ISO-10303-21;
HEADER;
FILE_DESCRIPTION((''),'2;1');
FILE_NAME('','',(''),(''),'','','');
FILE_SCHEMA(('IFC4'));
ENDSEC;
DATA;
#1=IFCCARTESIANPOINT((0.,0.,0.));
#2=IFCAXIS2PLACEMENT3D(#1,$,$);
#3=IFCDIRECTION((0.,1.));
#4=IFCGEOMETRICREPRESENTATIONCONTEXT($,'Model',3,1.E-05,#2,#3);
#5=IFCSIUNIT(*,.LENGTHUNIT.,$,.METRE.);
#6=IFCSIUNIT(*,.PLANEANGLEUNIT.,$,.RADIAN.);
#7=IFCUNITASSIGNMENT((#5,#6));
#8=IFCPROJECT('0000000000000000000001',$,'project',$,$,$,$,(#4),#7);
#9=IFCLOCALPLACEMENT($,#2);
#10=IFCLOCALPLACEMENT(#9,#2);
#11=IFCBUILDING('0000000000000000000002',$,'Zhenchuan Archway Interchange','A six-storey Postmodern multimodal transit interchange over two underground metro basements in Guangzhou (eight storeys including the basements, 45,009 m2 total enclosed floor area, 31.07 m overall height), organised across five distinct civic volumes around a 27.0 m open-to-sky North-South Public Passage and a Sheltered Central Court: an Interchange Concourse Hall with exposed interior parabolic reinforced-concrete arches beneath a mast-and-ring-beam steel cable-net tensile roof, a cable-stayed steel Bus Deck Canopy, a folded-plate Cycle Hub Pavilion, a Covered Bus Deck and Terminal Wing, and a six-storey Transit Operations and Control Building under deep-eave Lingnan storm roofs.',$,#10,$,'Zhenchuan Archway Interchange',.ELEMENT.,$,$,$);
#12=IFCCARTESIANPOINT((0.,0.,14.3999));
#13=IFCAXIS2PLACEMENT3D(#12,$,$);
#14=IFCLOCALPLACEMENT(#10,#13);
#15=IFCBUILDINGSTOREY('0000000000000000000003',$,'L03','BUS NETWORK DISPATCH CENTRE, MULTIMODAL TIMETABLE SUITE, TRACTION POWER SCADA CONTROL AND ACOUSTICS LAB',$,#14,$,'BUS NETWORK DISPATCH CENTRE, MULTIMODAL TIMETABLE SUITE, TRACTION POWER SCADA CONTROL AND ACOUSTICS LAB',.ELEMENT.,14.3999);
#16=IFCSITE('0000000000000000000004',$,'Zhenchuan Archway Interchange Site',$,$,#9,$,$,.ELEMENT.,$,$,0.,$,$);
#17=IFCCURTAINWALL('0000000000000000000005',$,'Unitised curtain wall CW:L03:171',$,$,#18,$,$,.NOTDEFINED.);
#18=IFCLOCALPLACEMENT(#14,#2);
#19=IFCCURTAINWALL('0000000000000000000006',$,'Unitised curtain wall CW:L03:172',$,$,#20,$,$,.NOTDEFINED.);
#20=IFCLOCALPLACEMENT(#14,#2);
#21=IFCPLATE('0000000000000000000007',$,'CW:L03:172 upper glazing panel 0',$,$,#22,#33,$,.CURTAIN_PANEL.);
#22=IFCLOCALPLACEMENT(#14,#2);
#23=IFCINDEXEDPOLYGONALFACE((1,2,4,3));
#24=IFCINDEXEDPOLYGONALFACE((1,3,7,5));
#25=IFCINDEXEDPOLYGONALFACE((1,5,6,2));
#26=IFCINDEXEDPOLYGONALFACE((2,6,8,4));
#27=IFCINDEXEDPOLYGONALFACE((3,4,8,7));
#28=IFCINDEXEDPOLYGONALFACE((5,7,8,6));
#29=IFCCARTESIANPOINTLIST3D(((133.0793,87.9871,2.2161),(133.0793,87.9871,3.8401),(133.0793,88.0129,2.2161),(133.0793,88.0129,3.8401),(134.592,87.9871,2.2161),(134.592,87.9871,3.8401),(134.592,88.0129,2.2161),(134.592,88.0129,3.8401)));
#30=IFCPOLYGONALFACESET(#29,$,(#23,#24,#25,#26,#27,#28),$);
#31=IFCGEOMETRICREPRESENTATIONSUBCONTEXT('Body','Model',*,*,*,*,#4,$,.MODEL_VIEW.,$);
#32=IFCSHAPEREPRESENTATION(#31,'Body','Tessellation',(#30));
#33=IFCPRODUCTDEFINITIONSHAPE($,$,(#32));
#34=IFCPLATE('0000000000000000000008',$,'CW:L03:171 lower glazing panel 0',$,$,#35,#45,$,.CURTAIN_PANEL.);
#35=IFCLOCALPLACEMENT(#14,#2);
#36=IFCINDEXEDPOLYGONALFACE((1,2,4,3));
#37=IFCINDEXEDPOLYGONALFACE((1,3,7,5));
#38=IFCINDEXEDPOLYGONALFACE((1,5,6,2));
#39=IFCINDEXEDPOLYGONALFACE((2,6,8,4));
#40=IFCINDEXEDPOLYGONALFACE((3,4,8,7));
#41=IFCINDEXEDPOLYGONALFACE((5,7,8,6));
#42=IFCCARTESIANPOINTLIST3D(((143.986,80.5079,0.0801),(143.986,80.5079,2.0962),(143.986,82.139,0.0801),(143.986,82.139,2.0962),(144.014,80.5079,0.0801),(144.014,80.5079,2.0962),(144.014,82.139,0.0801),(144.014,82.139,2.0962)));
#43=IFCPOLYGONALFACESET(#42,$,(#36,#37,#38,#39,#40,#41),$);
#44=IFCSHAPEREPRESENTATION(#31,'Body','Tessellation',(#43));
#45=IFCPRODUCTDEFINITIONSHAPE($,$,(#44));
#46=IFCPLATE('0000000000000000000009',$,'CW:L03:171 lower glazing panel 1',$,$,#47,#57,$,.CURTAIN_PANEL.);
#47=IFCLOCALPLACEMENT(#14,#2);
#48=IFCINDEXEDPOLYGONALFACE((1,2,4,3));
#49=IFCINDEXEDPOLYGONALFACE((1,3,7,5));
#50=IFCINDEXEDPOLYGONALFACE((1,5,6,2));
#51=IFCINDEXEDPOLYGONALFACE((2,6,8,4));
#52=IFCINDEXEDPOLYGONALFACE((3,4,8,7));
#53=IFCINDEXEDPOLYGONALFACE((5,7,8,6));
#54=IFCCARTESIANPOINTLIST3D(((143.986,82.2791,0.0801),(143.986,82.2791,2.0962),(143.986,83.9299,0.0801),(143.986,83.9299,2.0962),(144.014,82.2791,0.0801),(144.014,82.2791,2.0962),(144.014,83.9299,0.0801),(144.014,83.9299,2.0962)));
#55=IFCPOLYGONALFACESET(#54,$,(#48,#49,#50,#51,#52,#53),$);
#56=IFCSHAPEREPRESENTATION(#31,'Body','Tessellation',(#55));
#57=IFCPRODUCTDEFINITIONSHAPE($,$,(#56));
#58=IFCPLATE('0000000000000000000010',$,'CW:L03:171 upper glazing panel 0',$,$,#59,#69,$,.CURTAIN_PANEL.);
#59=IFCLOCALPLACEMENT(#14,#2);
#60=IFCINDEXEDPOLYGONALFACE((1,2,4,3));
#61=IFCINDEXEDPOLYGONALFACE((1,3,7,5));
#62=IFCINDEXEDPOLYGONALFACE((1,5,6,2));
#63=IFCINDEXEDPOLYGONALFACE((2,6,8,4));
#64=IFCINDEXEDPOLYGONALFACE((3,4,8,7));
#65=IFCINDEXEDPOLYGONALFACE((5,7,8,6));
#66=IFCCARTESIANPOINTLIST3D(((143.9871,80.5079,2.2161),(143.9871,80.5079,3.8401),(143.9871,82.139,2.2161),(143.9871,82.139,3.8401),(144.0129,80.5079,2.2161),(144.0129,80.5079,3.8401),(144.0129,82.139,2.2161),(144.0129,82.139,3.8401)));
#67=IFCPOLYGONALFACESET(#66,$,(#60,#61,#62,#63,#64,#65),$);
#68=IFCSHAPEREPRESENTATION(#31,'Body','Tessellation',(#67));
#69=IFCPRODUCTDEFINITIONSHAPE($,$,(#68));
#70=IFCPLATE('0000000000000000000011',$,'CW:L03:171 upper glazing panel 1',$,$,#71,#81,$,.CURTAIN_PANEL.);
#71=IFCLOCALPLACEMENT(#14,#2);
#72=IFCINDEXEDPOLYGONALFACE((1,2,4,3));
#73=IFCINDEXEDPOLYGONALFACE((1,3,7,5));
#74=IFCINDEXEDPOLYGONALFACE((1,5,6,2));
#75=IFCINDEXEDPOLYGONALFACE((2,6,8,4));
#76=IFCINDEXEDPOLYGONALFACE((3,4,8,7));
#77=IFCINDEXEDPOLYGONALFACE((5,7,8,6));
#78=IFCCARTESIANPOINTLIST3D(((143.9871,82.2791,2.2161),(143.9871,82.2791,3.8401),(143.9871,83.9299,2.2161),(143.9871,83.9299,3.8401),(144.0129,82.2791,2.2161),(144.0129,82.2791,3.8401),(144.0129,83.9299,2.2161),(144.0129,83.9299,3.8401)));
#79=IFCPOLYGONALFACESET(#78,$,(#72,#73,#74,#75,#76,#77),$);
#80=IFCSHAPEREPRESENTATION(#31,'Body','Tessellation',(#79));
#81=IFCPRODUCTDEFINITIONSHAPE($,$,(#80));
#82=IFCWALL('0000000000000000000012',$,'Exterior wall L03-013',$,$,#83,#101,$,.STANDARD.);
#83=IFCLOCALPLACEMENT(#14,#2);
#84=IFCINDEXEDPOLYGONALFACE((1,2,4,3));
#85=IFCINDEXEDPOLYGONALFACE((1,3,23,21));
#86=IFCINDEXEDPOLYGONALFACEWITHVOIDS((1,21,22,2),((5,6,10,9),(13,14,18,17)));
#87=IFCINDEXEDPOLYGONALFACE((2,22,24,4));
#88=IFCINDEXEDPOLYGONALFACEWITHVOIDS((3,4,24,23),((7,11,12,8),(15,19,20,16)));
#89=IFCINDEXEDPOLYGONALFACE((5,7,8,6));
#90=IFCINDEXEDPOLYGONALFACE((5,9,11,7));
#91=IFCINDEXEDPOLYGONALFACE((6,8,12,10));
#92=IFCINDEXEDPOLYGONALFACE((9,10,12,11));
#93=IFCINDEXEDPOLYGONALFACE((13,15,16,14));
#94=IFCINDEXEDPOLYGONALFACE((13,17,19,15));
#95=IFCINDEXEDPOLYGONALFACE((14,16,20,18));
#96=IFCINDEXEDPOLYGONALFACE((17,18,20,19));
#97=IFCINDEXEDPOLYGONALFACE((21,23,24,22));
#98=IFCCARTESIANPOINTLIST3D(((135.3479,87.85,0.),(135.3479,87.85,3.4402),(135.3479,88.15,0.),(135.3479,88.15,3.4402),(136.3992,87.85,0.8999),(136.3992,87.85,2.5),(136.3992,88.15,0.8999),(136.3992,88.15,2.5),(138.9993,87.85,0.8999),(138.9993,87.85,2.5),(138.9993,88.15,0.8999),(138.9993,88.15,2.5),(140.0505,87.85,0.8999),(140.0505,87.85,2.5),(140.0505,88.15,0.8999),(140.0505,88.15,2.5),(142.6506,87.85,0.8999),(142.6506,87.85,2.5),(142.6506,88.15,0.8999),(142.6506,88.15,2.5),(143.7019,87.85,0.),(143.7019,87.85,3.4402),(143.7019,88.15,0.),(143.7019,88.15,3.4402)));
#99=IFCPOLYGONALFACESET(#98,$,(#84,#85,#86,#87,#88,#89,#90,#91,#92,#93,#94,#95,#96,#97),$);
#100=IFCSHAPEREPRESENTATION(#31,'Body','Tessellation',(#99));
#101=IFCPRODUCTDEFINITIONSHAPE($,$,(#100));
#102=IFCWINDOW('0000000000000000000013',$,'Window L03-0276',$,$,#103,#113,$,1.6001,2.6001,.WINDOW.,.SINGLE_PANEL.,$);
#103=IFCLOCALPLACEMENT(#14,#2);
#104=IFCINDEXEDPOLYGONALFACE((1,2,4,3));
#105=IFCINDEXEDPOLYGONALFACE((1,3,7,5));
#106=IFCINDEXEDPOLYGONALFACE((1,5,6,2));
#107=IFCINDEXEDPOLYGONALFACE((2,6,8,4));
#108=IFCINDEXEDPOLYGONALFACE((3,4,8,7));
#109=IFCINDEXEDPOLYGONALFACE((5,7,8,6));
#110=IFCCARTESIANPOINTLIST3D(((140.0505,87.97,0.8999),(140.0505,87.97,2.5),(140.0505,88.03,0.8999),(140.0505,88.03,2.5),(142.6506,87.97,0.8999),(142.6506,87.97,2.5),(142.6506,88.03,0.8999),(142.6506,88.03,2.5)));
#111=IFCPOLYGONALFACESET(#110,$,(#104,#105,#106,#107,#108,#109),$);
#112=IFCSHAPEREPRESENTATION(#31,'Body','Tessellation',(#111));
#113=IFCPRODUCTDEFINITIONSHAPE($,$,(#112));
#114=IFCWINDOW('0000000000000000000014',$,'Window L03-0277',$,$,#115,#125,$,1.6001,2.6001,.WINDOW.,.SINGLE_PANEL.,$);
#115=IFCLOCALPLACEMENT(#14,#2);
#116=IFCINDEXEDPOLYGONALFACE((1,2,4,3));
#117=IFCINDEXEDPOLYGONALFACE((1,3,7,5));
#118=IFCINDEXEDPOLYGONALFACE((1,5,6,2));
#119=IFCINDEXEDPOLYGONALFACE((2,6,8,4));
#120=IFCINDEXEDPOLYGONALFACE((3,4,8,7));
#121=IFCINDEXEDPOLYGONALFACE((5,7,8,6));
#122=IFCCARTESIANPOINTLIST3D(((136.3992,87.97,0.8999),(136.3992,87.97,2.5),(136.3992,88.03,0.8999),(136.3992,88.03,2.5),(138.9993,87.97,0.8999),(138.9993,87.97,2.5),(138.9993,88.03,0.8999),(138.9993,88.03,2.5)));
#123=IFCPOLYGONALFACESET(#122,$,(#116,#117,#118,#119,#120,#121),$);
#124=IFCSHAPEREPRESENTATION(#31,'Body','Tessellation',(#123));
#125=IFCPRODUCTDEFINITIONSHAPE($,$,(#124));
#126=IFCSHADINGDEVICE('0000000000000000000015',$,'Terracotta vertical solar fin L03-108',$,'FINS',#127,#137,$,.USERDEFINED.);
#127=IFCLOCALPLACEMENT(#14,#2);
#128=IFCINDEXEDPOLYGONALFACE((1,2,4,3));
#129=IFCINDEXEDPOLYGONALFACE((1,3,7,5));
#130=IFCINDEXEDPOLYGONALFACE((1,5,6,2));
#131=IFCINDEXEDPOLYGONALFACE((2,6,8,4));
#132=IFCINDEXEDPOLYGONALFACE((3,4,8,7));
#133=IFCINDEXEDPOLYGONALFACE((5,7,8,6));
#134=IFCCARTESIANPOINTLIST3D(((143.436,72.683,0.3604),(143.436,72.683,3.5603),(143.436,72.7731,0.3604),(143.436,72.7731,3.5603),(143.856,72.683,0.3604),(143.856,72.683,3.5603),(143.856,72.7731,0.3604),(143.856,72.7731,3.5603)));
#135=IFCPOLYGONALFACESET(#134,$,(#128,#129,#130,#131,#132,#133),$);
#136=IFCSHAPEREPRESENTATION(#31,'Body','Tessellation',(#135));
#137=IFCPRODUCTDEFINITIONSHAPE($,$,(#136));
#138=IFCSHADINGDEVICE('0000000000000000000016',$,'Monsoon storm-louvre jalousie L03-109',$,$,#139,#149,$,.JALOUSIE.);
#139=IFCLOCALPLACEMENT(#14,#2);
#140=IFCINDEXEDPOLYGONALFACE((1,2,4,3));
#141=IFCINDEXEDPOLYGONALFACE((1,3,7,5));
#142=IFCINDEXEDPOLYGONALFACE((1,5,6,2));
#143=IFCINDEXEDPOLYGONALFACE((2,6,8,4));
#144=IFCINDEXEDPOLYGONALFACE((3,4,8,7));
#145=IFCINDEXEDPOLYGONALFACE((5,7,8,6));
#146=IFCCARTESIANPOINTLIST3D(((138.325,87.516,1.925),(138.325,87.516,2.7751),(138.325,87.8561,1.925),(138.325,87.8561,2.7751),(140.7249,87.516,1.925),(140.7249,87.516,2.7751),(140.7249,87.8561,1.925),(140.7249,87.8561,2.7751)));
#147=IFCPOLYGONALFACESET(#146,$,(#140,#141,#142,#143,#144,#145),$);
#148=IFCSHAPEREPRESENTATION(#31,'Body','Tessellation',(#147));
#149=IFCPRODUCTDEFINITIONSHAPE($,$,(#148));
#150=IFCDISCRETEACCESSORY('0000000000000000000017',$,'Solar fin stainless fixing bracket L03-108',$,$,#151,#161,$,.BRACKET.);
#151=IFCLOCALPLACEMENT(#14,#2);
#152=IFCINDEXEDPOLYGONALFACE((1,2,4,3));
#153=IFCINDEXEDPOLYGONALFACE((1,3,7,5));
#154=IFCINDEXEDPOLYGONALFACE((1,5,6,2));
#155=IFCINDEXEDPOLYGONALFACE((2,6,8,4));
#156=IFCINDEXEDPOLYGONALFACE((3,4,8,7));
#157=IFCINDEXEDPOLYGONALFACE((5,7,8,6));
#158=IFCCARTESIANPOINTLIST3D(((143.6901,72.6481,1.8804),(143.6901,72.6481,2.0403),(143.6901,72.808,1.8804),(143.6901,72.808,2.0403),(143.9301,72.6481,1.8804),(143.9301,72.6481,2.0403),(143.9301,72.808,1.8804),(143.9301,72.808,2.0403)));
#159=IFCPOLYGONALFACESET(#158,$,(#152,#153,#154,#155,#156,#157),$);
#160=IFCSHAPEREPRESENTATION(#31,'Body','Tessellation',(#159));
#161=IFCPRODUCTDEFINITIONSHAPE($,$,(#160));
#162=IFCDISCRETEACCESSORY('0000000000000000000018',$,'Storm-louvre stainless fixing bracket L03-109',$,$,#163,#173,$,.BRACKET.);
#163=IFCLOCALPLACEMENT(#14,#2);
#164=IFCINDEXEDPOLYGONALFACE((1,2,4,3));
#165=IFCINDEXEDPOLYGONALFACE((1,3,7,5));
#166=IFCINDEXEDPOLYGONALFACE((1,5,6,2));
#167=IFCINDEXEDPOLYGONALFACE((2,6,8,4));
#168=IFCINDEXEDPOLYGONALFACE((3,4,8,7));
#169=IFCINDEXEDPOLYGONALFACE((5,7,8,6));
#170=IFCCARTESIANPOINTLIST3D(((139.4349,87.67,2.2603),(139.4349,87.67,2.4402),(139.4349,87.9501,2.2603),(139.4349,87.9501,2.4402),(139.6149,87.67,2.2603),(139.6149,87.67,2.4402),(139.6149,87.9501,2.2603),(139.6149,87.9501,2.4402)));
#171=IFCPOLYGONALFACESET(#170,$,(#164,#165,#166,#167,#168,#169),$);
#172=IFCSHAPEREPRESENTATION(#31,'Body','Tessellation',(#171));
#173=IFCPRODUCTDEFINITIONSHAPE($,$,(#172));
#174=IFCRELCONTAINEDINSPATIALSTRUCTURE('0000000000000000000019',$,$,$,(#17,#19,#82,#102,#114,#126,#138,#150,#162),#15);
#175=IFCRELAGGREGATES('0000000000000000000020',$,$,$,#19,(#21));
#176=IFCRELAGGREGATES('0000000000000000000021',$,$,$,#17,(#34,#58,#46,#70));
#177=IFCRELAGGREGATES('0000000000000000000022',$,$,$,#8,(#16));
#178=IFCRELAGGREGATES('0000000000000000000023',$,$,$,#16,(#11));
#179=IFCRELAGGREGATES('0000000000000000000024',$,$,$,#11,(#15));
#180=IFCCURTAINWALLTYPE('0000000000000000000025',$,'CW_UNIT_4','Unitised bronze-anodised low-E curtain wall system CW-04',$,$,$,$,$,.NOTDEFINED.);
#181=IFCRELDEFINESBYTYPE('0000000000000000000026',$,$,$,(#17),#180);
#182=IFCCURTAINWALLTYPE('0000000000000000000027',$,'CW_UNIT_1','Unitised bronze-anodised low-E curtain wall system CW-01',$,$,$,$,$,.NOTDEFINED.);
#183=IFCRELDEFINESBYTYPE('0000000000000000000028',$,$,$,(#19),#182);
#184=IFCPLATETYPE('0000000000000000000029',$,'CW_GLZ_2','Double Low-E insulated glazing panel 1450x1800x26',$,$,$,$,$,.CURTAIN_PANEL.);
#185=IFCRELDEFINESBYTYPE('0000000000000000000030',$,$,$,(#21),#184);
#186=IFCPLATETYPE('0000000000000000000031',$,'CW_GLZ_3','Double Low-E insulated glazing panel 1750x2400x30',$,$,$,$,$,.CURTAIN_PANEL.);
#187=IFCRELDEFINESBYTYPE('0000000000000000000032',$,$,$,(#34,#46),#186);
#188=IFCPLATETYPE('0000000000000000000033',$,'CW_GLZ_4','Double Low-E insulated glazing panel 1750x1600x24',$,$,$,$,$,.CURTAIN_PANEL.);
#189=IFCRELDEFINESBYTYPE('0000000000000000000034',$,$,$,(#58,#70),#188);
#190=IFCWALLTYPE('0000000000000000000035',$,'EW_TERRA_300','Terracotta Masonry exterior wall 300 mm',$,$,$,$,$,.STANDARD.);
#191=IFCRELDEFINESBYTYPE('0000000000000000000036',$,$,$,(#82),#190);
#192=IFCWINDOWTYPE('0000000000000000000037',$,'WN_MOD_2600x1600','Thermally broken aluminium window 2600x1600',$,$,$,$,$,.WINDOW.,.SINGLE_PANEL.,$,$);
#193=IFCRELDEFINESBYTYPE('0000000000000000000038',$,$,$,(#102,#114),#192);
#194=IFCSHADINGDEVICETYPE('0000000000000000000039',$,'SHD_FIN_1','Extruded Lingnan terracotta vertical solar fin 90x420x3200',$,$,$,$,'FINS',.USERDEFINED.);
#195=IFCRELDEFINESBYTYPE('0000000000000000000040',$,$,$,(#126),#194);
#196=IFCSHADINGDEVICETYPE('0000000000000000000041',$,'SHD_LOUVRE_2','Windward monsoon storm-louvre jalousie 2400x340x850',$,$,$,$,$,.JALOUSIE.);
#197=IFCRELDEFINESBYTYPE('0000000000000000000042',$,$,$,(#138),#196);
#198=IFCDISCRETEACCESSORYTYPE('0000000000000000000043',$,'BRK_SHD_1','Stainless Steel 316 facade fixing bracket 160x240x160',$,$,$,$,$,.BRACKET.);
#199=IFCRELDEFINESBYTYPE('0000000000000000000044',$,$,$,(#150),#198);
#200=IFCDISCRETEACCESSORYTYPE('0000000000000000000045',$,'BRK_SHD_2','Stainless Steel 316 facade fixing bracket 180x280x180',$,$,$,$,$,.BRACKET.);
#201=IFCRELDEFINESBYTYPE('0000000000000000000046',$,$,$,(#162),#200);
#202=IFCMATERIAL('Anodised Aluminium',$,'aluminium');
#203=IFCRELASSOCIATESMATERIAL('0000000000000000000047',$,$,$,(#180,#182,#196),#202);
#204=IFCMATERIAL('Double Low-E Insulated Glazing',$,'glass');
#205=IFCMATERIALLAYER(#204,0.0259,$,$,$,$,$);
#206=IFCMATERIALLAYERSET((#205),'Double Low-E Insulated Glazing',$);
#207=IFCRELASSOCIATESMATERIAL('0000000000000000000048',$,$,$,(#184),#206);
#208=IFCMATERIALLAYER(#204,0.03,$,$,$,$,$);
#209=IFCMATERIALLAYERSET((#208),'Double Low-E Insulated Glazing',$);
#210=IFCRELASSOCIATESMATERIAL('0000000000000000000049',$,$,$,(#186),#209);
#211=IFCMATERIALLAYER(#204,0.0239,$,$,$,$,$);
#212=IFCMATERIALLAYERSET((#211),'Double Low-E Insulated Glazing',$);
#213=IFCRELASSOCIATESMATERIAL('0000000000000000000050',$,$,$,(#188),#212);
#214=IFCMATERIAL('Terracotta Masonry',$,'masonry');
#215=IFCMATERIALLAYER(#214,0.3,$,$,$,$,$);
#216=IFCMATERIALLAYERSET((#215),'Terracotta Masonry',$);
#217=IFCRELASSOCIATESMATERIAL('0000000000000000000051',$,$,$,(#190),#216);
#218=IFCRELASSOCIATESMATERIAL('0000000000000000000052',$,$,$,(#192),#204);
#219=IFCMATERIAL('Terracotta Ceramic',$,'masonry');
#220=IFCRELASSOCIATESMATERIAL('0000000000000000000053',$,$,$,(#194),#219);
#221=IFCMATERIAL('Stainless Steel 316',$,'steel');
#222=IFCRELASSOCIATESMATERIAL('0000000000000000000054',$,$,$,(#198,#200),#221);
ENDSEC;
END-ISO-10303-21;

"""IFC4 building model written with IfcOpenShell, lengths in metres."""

from ifc_helpers import new_model, si_unit, direction, frame, frame_2d, origin, origin_2d, place, context, subcontext, project, spatial, rectangle, extrude, material, layer, layer_set, type_object, element, fill, aggregate, save


model = new_model("IFC4")

# Units and contexts
model_context = context("Model", 3, precision=1e-05, world=origin(), true_north=direction((0.0, 1.0)))
body_context = subcontext(model_context, "Body", "Model", "MODEL_VIEW")
ifc_project = project(units=[si_unit("LENGTHUNIT", "METRE"), si_unit("PLANEANGLEUNIT", "RADIAN")], contexts=[model_context])

# Site, building, storey
site_placement = place(None, origin())
site = spatial("IfcSite", under=ifc_project, at=site_placement, Name="Zhenchuan Archway Interchange Site", CompositionType="ELEMENT", RefElevation=0.0)
building_placement = place(site_placement, origin())
building = spatial("IfcBuilding", under=site, at=building_placement, Name="Zhenchuan Archway Interchange", Description="A six-storey Postmodern multimodal transit interchange over two underground metro basements in Guangzhou (eight storeys including the basements, 45,009 m2 total enclosed floor area, 31.07 m overall height), organised across five distinct civic volumes around a 27.0 m open-to-sky North-South Public Passage and a Sheltered Central Court: an Interchange Concourse Hall with exposed interior parabolic reinforced-concrete arches beneath a mast-and-ring-beam steel cable-net tensile roof, a cable-stayed steel Bus Deck Canopy, a folded-plate Cycle Hub Pavilion, a Covered Bus Deck and Terminal Wing, and a six-storey Transit Operations and Control Building under deep-eave Lingnan storm roofs.", LongName="Zhenchuan Archway Interchange", CompositionType="ELEMENT")
storey_placement = place(building_placement, frame((0.0, 0.0, 14.3999)))
storey = spatial("IfcBuildingStorey", under=building, at=storey_placement, Name="L03", Description="BUS NETWORK DISPATCH CENTRE, MULTIMODAL TIMETABLE SUITE, TRACTION POWER SCADA CONTROL AND ACOUSTICS LAB", LongName="BUS NETWORK DISPATCH CENTRE, MULTIMODAL TIMETABLE SUITE, TRACTION POWER SCADA CONTROL AND ACOUSTICS LAB", CompositionType="ELEMENT", Elevation=14.3999)

# Curtain walls
ifc_material_1 = material(Name="Anodised Aluminium", Category="aluminium")
curtain_wall_type_1 = type_object("IfcCurtainWallType", Name="CW_UNIT_4", Description="Unitised bronze-anodised low-E curtain wall system CW-04", PredefinedType="NOTDEFINED", material=ifc_material_1)
curtain_wall_1_placement = place(storey_placement, origin())
curtain_wall_1 = element("IfcCurtainWall", 1, at=curtain_wall_1_placement, inside=storey, type_object=curtain_wall_type_1, Name="Unitised curtain wall CW:L03:171", PredefinedType="NOTDEFINED")
curtain_wall_type_2 = type_object("IfcCurtainWallType", Name="CW_UNIT_1", Description="Unitised bronze-anodised low-E curtain wall system CW-01", PredefinedType="NOTDEFINED", material=ifc_material_1)
curtain_wall_2_placement = place(storey_placement, origin())
curtain_wall_2 = element("IfcCurtainWall", 2, at=curtain_wall_2_placement, inside=storey, type_object=curtain_wall_type_2, Name="Unitised curtain wall CW:L03:172", PredefinedType="NOTDEFINED")

# Plates
ifc_material_2 = material(Name="Double Low-E Insulated Glazing", Category="glass")
ifc_layer_1 = layer(ifc_material_2, 0.0259)
ifc_layer_set_1 = layer_set([ifc_layer_1], Name="Double Low-E Insulated Glazing")
plate_type_1 = type_object("IfcPlateType", Name="CW_GLZ_2", Description="Double Low-E insulated glazing panel 1450x1800x26", PredefinedType="CURTAIN_PANEL", material=ifc_layer_set_1)
plate_1_placement = place(storey_placement, frame((133.8357, 88.0, 2.2161), z_axis=(0.0, 0.0, 1.0), x_axis=(-1.0, 0.0, 0.0)))
plate_1 = element("IfcPlate", 3, at=plate_1_placement, type_object=plate_type_1, Name="CW:L03:172 upper glazing panel 0", PredefinedType="CURTAIN_PANEL", context=body_context, shape_type="SweptSolid", body=[
    extrude(rectangle(XDim=1.5127, YDim=0.0259, at=origin_2d()), origin(), (0.0, 0.0, 1.0), 1.624),
])
aggregate(curtain_wall_2, [plate_1])
ifc_layer_2 = layer(ifc_material_2, 0.03)
ifc_layer_set_2 = layer_set([ifc_layer_2], Name="Double Low-E Insulated Glazing")
plate_type_2 = type_object("IfcPlateType", Name="CW_GLZ_3", Description="Double Low-E insulated glazing panel 1750x2400x30", PredefinedType="CURTAIN_PANEL", material=ifc_layer_set_2)
plate_2_placement = place(storey_placement, frame((144.0, 81.3235, 0.0801), z_axis=(0.0, 0.0, 1.0), x_axis=(0.0, 1.0, 0.0)))
plate_2 = element("IfcPlate", 4, at=plate_2_placement, type_object=plate_type_2, Name="CW:L03:171 lower glazing panel 0", PredefinedType="CURTAIN_PANEL", context=body_context, shape_type="SweptSolid", body=[
    extrude(rectangle(XDim=1.6311, YDim=0.0281, at=origin_2d()), origin(), (0.0, 0.0, 1.0), 2.0161),
])
plate_3_placement = place(storey_placement, frame((144.0, 83.1045, 0.0801), z_axis=(0.0, 0.0, 1.0), x_axis=(0.0, 1.0, 0.0)))
plate_3 = element("IfcPlate", 5, at=plate_3_placement, type_object=plate_type_2, Name="CW:L03:171 lower glazing panel 1", PredefinedType="CURTAIN_PANEL", context=body_context, shape_type="SweptSolid", body=[
    extrude(rectangle(XDim=1.6509, YDim=0.0281, at=origin_2d()), origin(), (0.0, 0.0, 1.0), 2.0161),
])
ifc_layer_3 = layer(ifc_material_2, 0.0239)
ifc_layer_set_3 = layer_set([ifc_layer_3], Name="Double Low-E Insulated Glazing")
plate_type_3 = type_object("IfcPlateType", Name="CW_GLZ_4", Description="Double Low-E insulated glazing panel 1750x1600x24", PredefinedType="CURTAIN_PANEL", material=ifc_layer_set_3)
plate_4_placement = place(storey_placement, frame((144.0, 81.3235, 2.2161), z_axis=(0.0, 0.0, 1.0), x_axis=(0.0, 1.0, 0.0)))
plate_4 = element("IfcPlate", 6, at=plate_4_placement, type_object=plate_type_3, Name="CW:L03:171 upper glazing panel 0", PredefinedType="CURTAIN_PANEL", context=body_context, shape_type="SweptSolid", body=[
    extrude(rectangle(XDim=1.6311, YDim=0.0259, at=origin_2d()), origin(), (0.0, 0.0, 1.0), 1.624),
])
plate_5_placement = place(storey_placement, frame((144.0, 83.1045, 2.2161), z_axis=(0.0, 0.0, 1.0), x_axis=(0.0, 1.0, 0.0)))
plate_5 = element("IfcPlate", 7, at=plate_5_placement, type_object=plate_type_3, Name="CW:L03:171 upper glazing panel 1", PredefinedType="CURTAIN_PANEL", context=body_context, shape_type="SweptSolid", body=[
    extrude(rectangle(XDim=1.6509, YDim=0.0259, at=origin_2d()), origin(), (0.0, 0.0, 1.0), 1.624),
])
aggregate(curtain_wall_1, [plate_2, plate_4, plate_3, plate_5])

# Wall, openings, windows
ifc_material_3 = material(Name="Terracotta Masonry", Category="masonry")
ifc_layer_4 = layer(ifc_material_3, 0.3)
ifc_layer_set_4 = layer_set([ifc_layer_4], Name="Terracotta Masonry")
wall_type = type_object("IfcWallType", Name="EW_TERRA_300", Description="Terracotta Masonry exterior wall 300 mm", PredefinedType="STANDARD", material=ifc_layer_set_4)
wall_placement = place(storey_placement, frame((143.7019, 88.0, 0.0), z_axis=(0.0, 0.0, 1.0), x_axis=(-1.0, 0.0, 0.0)))
wall = element("IfcWall", 8, at=wall_placement, inside=storey, type_object=wall_type, Name="Exterior wall L03-013", PredefinedType="STANDARD", context=body_context, shape_type="SweptSolid", body=[
    extrude(rectangle(XDim=8.354, YDim=0.3, at=frame_2d((4.177, 0.0))), origin(), (0.0, 0.0, 1.0), 3.4402),
])
opening_1_placement = place(wall_placement, frame((1.0513, 0.0, 0.8999)))
opening_1 = element("IfcOpeningElement", 9, at=opening_1_placement, cuts=wall, PredefinedType="OPENING", context=body_context, shape_type="SweptSolid", body=[
    extrude(rectangle(XDim=2.6001, YDim=1.6001, at=frame_2d((1.3, 0.8))), frame((0.0, 0.1621, 0.0), z_axis=(0.0, -1.0, 0.0), x_axis=(1.0, 0.0, 0.0)), (0.0, 0.0, 1.0), 0.324),
])
opening_2_placement = place(wall_placement, frame((4.7026, 0.0, 0.8999)))
opening_2 = element("IfcOpeningElement", 10, at=opening_2_placement, cuts=wall, PredefinedType="OPENING", context=body_context, shape_type="SweptSolid", body=[
    extrude(rectangle(XDim=2.6001, YDim=1.6001, at=frame_2d((1.3, 0.8))), frame((0.0, 0.1621, 0.0), z_axis=(0.0, -1.0, 0.0), x_axis=(1.0, 0.0, 0.0)), (0.0, 0.0, 1.0), 0.324),
])
window_type = type_object("IfcWindowType", Name="WN_MOD_2600x1600", Description="Thermally broken aluminium window 2600x1600", PartitioningType="SINGLE_PANEL", PredefinedType="WINDOW", material=ifc_material_2)
window_1_placement = place(opening_1_placement, origin())
window_1 = element("IfcWindow", 11, at=window_1_placement, inside=storey, type_object=window_type, Name="Window L03-0276", OverallHeight=1.6001, OverallWidth=2.6001, PartitioningType="SINGLE_PANEL", PredefinedType="WINDOW", context=body_context, shape_type="SweptSolid", body=[
    extrude(rectangle(XDim=2.6001, YDim=1.6001, at=frame_2d((1.3, 0.8))), frame((0.0, 0.03, 0.0), z_axis=(0.0, -1.0, 0.0), x_axis=(1.0, 0.0, 0.0)), (0.0, 0.0, 1.0), 0.0601),
])
fill(opening_1, window_1)
window_2_placement = place(opening_2_placement, origin())
window_2 = element("IfcWindow", 12, at=window_2_placement, inside=storey, type_object=window_type, Name="Window L03-0277", OverallHeight=1.6001, OverallWidth=2.6001, PartitioningType="SINGLE_PANEL", PredefinedType="WINDOW", context=body_context, shape_type="SweptSolid", body=[
    extrude(rectangle(XDim=2.6001, YDim=1.6001, at=frame_2d((1.3, 0.8))), frame((0.0, 0.03, 0.0), z_axis=(0.0, -1.0, 0.0), x_axis=(1.0, 0.0, 0.0)), (0.0, 0.0, 1.0), 0.0601),
])
fill(opening_2, window_2)

# Shading devices
ifc_material_4 = material(Name="Terracotta Ceramic", Category="masonry")
shading_device_type_1 = type_object("IfcShadingDeviceType", Name="SHD_FIN_1", Description="Extruded Lingnan terracotta vertical solar fin 90x420x3200", ElementType="FINS", PredefinedType="USERDEFINED", material=ifc_material_4)
shading_device_1_placement = place(storey_placement, frame((143.646, 72.728, 0.3604), z_axis=(0.0, 0.0, 1.0), x_axis=(0.0, 1.0, 0.0)))
element("IfcShadingDevice", 13, at=shading_device_1_placement, inside=storey, type_object=shading_device_type_1, Name="Terracotta vertical solar fin L03-108", ObjectType="FINS", PredefinedType="USERDEFINED", context=body_context, shape_type="SweptSolid", body=[
    extrude(rectangle(XDim=0.0901, YDim=0.4199, at=origin_2d()), origin(), (0.0, 0.0, 1.0), 3.2),
])
shading_device_type_2 = type_object("IfcShadingDeviceType", Name="SHD_LOUVRE_2", Description="Windward monsoon storm-louvre jalousie 2400x340x850", PredefinedType="JALOUSIE", material=ifc_material_1)
shading_device_2_placement = place(storey_placement, frame((139.5249, 87.686, 1.925), z_axis=(0.0, 0.0, 1.0), x_axis=(-1.0, 0.0, 0.0)))
element("IfcShadingDevice", 14, at=shading_device_2_placement, inside=storey, type_object=shading_device_type_2, Name="Monsoon storm-louvre jalousie L03-109", PredefinedType="JALOUSIE", context=body_context, shape_type="SweptSolid", body=[
    extrude(rectangle(XDim=2.3999, YDim=0.3401, at=origin_2d()), origin(), (0.0, 0.0, 1.0), 0.8501),
])

# Discrete accessories
ifc_material_5 = material(Name="Stainless Steel 316", Category="steel")
discrete_accessory_type_1 = type_object("IfcDiscreteAccessoryType", Name="BRK_SHD_1", Description="Stainless Steel 316 facade fixing bracket 160x240x160", PredefinedType="BRACKET", material=ifc_material_5)
discrete_accessory_1_placement = place(storey_placement, frame((143.8101, 72.728, 1.8804), z_axis=(0.0, 0.0, 1.0), x_axis=(0.0, 1.0, 0.0)))
element("IfcDiscreteAccessory", 15, at=discrete_accessory_1_placement, inside=storey, type_object=discrete_accessory_type_1, Name="Solar fin stainless fixing bracket L03-108", PredefinedType="BRACKET", context=body_context, shape_type="SweptSolid", body=[
    extrude(rectangle(XDim=0.1599, YDim=0.24, at=origin_2d()), origin(), (0.0, 0.0, 1.0), 0.1599),
])
discrete_accessory_type_2 = type_object("IfcDiscreteAccessoryType", Name="BRK_SHD_2", Description="Stainless Steel 316 facade fixing bracket 180x280x180", PredefinedType="BRACKET", material=ifc_material_5)
discrete_accessory_2_placement = place(storey_placement, frame((139.5249, 87.8101, 2.2603), z_axis=(0.0, 0.0, 1.0), x_axis=(-1.0, 0.0, 0.0)))
element("IfcDiscreteAccessory", 16, at=discrete_accessory_2_placement, inside=storey, type_object=discrete_accessory_type_2, Name="Storm-louvre stainless fixing bracket L03-109", PredefinedType="BRACKET", context=body_context, shape_type="SweptSolid", body=[
    extrude(rectangle(XDim=0.1799, YDim=0.28, at=origin_2d()), origin(), (0.0, 0.0, 1.0), 0.1799),
])

save(model, "model.ifc")
